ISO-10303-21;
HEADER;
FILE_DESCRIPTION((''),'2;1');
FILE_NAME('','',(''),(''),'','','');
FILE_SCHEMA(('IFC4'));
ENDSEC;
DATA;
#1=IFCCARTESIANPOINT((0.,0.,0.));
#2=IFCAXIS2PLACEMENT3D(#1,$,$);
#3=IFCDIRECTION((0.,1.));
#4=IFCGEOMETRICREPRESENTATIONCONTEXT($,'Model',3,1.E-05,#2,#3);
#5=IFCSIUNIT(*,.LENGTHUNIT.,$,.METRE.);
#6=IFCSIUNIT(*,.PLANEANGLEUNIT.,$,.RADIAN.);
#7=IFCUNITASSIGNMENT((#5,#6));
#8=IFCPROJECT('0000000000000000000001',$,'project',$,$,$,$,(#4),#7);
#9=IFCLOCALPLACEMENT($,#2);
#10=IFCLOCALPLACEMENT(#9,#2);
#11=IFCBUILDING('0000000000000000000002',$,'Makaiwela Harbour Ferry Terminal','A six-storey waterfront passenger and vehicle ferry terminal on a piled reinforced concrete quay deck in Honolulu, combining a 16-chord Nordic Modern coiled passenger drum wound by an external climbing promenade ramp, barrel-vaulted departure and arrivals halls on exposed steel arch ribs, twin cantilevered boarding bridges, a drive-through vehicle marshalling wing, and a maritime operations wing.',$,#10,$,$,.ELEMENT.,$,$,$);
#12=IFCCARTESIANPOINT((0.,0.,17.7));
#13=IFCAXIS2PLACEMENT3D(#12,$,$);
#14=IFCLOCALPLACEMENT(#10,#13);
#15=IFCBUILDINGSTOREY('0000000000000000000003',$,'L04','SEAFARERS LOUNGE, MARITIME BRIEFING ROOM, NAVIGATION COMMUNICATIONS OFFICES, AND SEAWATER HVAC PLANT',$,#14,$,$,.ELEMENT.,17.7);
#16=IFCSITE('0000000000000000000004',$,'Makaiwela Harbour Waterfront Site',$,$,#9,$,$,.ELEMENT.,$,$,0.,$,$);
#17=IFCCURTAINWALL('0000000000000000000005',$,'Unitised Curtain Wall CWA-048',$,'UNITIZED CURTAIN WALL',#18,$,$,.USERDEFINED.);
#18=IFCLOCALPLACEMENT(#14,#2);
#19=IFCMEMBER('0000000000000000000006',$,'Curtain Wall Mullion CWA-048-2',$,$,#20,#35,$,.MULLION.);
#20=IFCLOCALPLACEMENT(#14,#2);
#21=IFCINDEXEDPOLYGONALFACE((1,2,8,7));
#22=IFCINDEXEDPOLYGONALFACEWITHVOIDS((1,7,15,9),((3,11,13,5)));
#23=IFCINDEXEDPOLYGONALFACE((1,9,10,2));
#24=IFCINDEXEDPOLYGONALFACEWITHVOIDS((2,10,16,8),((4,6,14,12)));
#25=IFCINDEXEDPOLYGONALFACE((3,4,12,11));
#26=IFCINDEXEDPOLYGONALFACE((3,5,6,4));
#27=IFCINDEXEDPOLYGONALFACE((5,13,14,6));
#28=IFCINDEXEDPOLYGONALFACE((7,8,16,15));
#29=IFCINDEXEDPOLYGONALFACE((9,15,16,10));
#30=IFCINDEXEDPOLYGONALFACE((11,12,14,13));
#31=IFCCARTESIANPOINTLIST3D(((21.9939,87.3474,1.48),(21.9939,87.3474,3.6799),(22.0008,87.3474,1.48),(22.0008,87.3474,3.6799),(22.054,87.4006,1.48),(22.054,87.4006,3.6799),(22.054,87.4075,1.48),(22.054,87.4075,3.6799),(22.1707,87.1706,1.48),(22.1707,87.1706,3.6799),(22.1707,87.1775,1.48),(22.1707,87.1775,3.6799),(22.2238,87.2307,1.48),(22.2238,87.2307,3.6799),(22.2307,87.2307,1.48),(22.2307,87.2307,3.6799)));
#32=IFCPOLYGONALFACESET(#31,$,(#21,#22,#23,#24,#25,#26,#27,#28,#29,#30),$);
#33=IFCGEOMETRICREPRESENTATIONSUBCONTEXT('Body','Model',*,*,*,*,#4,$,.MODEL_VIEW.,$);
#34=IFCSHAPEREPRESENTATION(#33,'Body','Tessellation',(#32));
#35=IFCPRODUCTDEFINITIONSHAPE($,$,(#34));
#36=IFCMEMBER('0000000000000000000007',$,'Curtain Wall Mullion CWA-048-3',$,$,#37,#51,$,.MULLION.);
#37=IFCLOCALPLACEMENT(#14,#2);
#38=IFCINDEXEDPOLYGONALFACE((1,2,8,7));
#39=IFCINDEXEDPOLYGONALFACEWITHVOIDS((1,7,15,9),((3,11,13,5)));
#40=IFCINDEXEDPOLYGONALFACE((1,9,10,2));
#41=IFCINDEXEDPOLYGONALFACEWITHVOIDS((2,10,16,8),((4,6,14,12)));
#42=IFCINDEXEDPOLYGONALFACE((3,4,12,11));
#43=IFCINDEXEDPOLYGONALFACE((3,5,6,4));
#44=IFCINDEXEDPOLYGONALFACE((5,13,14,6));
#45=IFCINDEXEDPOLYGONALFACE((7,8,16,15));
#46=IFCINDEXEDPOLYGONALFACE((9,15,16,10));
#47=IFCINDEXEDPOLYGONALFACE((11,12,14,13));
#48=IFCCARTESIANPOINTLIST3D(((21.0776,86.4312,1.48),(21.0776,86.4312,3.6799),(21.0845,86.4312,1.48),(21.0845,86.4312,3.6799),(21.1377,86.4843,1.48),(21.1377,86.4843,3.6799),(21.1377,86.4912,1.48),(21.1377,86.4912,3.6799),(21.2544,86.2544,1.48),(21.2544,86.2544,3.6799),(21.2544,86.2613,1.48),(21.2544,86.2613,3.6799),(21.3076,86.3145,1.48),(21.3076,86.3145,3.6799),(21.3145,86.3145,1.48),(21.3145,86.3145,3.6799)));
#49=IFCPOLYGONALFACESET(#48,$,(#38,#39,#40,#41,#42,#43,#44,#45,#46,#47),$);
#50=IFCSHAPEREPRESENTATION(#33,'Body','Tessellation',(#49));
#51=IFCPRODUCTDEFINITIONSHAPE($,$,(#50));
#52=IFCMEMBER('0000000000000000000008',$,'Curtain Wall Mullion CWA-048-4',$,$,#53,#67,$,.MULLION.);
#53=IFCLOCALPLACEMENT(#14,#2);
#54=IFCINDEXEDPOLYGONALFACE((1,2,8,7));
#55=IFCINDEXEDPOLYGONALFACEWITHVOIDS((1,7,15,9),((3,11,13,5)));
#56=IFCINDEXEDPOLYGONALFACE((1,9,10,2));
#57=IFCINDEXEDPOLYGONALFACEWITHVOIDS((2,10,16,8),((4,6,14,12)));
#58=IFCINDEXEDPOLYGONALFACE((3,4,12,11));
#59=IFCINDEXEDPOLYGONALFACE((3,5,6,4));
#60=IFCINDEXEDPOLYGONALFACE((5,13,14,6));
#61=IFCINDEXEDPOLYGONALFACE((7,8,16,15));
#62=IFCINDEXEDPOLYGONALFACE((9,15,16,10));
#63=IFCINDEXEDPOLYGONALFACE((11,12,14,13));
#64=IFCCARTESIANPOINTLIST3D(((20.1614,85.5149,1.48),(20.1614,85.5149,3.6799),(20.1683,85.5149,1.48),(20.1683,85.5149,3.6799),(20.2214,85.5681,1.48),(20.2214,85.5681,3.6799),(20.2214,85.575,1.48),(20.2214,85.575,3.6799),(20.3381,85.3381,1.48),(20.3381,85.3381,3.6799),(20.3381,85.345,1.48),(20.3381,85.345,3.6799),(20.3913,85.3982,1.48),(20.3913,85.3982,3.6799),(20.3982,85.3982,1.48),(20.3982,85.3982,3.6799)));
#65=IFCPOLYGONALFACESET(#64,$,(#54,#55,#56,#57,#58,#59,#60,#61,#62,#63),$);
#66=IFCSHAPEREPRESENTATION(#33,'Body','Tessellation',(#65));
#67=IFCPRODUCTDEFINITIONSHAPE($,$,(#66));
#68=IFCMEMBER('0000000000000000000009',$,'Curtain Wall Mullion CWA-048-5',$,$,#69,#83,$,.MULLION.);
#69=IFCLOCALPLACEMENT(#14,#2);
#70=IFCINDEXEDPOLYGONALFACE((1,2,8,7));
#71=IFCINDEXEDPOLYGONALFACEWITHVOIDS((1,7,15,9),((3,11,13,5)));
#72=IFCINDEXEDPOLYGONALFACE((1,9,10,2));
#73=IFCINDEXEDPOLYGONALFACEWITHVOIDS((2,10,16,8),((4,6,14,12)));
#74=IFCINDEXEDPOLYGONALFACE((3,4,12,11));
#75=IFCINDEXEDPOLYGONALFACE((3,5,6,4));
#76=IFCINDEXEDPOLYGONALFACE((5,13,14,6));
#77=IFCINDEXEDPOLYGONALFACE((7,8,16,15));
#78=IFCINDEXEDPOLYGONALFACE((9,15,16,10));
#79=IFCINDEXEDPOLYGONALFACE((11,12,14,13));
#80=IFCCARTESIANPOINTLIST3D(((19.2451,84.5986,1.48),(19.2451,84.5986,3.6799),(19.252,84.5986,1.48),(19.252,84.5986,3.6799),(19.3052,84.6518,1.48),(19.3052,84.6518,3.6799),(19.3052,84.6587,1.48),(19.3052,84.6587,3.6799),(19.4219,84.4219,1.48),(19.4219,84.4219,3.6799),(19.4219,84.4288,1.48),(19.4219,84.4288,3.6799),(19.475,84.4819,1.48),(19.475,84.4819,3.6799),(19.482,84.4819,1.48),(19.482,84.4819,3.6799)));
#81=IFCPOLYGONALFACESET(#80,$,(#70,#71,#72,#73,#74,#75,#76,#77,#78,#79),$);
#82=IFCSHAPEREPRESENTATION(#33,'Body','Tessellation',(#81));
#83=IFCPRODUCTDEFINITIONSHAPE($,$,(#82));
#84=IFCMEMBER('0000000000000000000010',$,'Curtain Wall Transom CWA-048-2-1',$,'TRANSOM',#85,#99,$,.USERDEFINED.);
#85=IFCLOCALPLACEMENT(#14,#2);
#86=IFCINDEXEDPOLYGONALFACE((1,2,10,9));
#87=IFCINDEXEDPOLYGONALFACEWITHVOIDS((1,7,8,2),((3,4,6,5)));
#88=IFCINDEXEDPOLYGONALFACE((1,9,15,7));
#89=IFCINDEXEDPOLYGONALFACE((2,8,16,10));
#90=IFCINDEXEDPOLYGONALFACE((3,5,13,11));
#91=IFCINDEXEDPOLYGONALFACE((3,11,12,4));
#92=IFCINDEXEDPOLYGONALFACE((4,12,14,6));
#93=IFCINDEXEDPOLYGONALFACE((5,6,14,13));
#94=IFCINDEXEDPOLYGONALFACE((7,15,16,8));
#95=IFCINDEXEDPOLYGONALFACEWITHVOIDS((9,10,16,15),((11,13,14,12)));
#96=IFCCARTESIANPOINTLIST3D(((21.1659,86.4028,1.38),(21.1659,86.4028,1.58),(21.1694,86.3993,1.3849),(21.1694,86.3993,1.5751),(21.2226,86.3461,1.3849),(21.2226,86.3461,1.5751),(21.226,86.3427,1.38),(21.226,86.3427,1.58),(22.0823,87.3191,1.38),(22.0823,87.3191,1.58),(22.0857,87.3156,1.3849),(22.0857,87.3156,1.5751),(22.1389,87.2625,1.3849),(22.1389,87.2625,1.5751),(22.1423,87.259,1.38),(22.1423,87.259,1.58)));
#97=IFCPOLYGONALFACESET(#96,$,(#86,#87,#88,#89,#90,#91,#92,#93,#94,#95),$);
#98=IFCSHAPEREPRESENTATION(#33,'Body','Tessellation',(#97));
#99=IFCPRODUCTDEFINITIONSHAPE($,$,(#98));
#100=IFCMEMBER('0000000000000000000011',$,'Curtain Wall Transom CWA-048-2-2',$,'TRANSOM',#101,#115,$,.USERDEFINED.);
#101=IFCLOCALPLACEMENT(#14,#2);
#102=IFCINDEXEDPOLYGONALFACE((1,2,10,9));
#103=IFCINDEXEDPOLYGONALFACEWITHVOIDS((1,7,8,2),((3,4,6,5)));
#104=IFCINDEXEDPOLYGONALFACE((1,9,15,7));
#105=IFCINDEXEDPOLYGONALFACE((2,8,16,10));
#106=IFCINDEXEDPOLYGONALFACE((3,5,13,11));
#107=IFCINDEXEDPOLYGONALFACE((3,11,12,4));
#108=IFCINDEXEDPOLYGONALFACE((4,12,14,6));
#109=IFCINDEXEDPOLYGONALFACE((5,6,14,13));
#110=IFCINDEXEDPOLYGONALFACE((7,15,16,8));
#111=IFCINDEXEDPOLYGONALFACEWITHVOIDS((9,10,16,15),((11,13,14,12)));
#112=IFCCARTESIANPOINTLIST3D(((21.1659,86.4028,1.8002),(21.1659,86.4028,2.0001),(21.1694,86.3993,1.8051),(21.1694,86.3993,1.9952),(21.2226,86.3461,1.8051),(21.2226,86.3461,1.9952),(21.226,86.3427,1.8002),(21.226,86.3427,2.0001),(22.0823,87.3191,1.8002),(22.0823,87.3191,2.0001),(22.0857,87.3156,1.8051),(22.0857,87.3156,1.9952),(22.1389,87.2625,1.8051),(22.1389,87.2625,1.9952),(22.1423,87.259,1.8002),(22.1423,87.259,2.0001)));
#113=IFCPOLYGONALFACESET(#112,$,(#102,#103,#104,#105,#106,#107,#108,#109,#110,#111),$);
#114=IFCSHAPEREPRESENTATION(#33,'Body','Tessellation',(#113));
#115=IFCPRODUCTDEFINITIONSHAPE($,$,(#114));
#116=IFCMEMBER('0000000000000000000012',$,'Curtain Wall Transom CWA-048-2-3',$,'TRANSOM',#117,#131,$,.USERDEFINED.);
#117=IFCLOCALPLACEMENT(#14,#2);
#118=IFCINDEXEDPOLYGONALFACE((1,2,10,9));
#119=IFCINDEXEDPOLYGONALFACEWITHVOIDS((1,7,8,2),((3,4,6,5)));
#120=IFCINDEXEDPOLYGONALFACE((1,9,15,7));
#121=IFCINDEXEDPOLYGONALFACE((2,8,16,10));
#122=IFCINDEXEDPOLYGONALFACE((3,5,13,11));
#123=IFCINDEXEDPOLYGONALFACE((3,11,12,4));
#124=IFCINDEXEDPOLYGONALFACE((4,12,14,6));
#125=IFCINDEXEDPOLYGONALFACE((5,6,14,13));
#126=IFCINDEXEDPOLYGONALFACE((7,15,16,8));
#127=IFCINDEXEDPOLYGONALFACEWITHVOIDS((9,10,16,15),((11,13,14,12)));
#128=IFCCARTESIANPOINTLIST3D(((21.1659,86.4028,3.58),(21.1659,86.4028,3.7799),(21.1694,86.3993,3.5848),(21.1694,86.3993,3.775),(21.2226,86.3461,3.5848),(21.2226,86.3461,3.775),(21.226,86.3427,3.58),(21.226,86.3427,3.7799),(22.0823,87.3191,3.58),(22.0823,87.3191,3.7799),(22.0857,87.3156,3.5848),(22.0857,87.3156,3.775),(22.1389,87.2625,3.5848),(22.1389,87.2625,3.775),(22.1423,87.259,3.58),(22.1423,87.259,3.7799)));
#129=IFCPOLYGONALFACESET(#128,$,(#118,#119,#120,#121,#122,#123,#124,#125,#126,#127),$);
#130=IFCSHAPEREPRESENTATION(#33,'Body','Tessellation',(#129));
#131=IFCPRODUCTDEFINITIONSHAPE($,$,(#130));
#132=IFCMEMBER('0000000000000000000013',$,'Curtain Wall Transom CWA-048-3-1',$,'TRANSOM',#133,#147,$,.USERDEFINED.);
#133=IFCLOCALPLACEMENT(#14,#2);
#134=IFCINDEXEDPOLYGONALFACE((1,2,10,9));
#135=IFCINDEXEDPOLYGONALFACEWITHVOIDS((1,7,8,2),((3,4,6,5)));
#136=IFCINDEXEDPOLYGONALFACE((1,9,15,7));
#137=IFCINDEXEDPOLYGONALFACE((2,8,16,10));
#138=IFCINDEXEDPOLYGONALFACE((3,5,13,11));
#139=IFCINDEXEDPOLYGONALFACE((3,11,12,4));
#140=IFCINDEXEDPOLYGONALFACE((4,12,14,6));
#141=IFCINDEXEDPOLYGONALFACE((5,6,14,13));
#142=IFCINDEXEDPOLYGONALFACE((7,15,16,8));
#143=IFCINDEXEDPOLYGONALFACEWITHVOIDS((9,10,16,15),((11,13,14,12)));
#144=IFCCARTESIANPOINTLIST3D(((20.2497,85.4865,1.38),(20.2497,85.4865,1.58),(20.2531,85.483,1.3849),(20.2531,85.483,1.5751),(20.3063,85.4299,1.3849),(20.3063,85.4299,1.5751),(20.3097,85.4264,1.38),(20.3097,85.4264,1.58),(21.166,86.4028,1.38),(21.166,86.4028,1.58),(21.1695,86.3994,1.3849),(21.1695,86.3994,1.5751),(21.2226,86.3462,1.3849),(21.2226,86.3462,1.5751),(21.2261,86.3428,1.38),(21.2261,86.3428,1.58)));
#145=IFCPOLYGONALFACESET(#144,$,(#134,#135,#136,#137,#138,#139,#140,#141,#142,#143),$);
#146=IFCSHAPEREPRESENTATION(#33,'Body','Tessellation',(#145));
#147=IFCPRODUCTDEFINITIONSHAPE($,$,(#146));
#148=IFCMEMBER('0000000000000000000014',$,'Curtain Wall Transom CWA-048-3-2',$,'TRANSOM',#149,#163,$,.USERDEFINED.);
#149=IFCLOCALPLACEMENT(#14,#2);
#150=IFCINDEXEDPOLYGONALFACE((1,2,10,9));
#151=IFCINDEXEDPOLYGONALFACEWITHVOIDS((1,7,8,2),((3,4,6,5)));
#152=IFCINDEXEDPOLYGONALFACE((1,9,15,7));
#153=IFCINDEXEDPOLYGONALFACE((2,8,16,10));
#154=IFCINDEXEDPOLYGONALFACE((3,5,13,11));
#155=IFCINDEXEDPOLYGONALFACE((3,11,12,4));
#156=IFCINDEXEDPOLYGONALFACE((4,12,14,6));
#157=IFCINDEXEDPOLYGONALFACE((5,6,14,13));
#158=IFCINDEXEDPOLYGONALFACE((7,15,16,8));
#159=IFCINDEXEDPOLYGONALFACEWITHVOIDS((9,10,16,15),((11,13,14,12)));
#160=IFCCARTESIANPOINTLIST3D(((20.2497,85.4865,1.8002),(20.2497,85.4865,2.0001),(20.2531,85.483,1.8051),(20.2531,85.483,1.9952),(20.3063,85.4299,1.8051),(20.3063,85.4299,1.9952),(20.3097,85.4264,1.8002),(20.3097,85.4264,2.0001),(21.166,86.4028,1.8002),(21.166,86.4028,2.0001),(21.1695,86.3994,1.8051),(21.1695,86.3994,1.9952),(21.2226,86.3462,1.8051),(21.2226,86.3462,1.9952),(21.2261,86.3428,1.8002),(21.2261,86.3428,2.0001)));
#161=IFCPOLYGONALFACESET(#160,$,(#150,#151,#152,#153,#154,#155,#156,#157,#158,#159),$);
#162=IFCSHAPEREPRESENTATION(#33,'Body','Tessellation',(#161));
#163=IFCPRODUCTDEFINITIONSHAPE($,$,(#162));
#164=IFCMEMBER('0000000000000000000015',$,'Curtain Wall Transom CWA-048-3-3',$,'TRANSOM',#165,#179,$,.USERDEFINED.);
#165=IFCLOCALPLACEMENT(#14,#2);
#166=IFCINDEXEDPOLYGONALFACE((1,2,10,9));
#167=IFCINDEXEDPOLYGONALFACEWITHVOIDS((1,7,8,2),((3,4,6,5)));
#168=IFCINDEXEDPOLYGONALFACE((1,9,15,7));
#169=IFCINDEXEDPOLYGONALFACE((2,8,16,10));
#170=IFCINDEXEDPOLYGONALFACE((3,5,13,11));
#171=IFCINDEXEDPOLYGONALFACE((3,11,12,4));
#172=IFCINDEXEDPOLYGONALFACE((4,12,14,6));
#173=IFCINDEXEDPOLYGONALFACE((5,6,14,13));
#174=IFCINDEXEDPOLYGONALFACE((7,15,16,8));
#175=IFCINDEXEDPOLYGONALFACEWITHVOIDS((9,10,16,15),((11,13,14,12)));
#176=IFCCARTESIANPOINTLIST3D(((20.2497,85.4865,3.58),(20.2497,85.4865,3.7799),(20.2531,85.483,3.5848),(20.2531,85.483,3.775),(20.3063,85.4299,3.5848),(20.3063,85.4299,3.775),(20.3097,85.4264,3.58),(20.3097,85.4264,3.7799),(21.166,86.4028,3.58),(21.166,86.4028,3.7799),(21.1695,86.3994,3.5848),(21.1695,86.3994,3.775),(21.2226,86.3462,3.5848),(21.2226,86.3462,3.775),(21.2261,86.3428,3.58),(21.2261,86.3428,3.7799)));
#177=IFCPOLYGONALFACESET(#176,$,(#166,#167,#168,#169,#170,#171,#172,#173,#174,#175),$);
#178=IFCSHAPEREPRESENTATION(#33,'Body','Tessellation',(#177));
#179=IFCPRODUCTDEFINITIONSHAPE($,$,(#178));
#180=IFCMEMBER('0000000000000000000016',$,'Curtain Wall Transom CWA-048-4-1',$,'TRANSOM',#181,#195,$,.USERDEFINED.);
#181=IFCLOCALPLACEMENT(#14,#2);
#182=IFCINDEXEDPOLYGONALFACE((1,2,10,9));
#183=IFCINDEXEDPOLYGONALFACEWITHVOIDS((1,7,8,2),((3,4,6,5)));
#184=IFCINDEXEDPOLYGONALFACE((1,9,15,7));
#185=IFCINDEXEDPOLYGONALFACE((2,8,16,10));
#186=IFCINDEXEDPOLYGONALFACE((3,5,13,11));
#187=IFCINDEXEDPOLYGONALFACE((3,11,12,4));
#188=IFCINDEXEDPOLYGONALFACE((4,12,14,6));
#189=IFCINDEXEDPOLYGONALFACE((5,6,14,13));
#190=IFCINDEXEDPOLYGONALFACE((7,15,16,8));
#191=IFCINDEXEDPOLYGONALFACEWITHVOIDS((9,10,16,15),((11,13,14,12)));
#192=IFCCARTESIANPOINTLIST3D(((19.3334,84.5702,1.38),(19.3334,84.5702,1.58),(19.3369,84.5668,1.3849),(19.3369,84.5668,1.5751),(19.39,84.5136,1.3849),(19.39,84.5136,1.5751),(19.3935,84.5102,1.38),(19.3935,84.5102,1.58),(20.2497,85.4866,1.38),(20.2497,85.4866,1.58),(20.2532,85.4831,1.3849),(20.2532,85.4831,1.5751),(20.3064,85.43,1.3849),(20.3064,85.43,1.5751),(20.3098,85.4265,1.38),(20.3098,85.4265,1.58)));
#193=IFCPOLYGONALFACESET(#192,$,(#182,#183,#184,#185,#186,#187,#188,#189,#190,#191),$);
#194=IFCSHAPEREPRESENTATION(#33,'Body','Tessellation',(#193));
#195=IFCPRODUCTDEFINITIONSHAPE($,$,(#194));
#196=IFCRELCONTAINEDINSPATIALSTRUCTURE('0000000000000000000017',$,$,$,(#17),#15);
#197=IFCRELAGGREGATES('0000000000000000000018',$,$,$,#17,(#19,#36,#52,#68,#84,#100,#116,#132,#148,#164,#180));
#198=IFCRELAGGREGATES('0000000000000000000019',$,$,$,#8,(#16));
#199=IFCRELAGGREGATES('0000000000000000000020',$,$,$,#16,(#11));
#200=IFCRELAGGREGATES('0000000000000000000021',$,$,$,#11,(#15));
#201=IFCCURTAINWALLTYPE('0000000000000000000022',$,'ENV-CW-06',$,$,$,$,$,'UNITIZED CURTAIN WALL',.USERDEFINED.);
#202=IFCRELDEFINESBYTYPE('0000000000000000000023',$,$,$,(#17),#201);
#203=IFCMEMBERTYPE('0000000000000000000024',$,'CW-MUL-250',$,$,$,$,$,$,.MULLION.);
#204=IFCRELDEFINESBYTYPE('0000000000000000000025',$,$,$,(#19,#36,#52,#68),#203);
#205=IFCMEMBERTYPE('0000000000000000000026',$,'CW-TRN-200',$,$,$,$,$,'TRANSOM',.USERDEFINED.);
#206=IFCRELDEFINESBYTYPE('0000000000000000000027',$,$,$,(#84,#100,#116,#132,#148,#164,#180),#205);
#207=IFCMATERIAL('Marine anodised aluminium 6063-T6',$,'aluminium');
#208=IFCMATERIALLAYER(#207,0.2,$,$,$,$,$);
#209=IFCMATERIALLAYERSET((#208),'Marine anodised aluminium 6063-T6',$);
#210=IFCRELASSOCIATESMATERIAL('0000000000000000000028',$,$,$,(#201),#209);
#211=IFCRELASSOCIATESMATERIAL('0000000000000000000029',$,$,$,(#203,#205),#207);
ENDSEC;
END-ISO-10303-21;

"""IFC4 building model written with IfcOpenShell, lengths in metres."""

from ifc_helpers import new_model, si_unit, direction, frame, origin, origin_2d, place, context, subcontext, project, spatial, hollow_rectangle, extrude, material, layer, layer_set, material_profile, profile_set, type_object, element, aggregate, save


model = new_model("IFC4")

# Units and contexts
model_context = context("Model", 3, precision=1e-05, world=origin(), true_north=direction((0.0, 1.0)))
body_context = subcontext(model_context, "Body", "Model", "MODEL_VIEW")
ifc_project = project(units=[si_unit("LENGTHUNIT", "METRE"), si_unit("PLANEANGLEUNIT", "RADIAN")], contexts=[model_context])

# Site, building, storey
site_placement = place(None, origin())
site = spatial("IfcSite", under=ifc_project, at=site_placement, Name="Makaiwela Harbour Waterfront Site", CompositionType="ELEMENT", RefElevation=0.0)
building_placement = place(site_placement, origin())
building = spatial("IfcBuilding", under=site, at=building_placement, Name="Makaiwela Harbour Ferry Terminal", Description="A six-storey waterfront passenger and vehicle ferry terminal on a piled reinforced concrete quay deck in Honolulu, combining a 16-chord Nordic Modern coiled passenger drum wound by an external climbing promenade ramp, barrel-vaulted departure and arrivals halls on exposed steel arch ribs, twin cantilevered boarding bridges, a drive-through vehicle marshalling wing, and a maritime operations wing.", CompositionType="ELEMENT")
storey_placement = place(building_placement, frame((0.0, 0.0, 17.7)))
storey = spatial("IfcBuildingStorey", under=building, at=storey_placement, Name="L04", Description="SEAFARERS LOUNGE, MARITIME BRIEFING ROOM, NAVIGATION COMMUNICATIONS OFFICES, AND SEAWATER HVAC PLANT", CompositionType="ELEMENT", Elevation=17.7)

# Curtain wall, members
ifc_material_1 = material(Name="Marine anodised aluminium 6063-T6", Category="aluminium")
ifc_layer_1 = layer(ifc_material_1, 0.2)
ifc_layer_set_1 = layer_set([ifc_layer_1], Name="Marine anodised aluminium 6063-T6")
curtain_wall_type = type_object("IfcCurtainWallType", Name="ENV-CW-06", ElementType="UNITIZED CURTAIN WALL", PredefinedType="USERDEFINED", material=ifc_layer_set_1)
curtain_wall_placement = place(storey_placement, origin())
curtain_wall = element("IfcCurtainWall", 1, at=curtain_wall_placement, inside=storey, type_object=curtain_wall_type, Name="Unitised Curtain Wall CWA-048", ObjectType="UNITIZED CURTAIN WALL", PredefinedType="USERDEFINED")
ifc_material_profile_1 = material_profile(ifc_material_1, hollow_rectangle(XDim=0.085, YDim=0.25, WallThickness=0.0049, at=origin_2d()), Name="CWM-250X85")
ifc_profile_set_1 = profile_set([ifc_material_profile_1], Name="Marine anodised aluminium 6063-T6")
member_type_1 = type_object("IfcMemberType", Name="CW-MUL-250", PredefinedType="MULLION", material=ifc_profile_set_1)
member_1_placement = place(storey_placement, frame((22.1123, 87.2891, 1.48), z_axis=(0.0, 0.0, 1.0), x_axis=(0.707107, 0.707107, 0.0)))
member_1 = element("IfcMember", 2, at=member_1_placement, type_object=member_type_1, Name="Curtain Wall Mullion CWA-048-2", PredefinedType="MULLION", context=body_context, shape_type="SweptSolid", body=[
    extrude(hollow_rectangle(XDim=0.085, YDim=0.25, WallThickness=0.0049, at=origin_2d()), origin(), (0.0, 0.0, 1.0), 2.2),
])
member_2_placement = place(storey_placement, frame((21.196, 86.3728, 1.48), z_axis=(0.0, 0.0, 1.0), x_axis=(0.707107, 0.707107, 0.0)))
member_2 = element("IfcMember", 3, at=member_2_placement, type_object=member_type_1, Name="Curtain Wall Mullion CWA-048-3", PredefinedType="MULLION", context=body_context, shape_type="SweptSolid", body=[
    extrude(hollow_rectangle(XDim=0.085, YDim=0.25, WallThickness=0.0049, at=origin_2d()), origin(), (0.0, 0.0, 1.0), 2.2),
])
member_3_placement = place(storey_placement, frame((20.2798, 85.4565, 1.48), z_axis=(0.0, 0.0, 1.0), x_axis=(0.707107, 0.707107, 0.0)))
member_3 = element("IfcMember", 4, at=member_3_placement, type_object=member_type_1, Name="Curtain Wall Mullion CWA-048-4", PredefinedType="MULLION", context=body_context, shape_type="SweptSolid", body=[
    extrude(hollow_rectangle(XDim=0.085, YDim=0.25, WallThickness=0.0049, at=origin_2d()), origin(), (0.0, 0.0, 1.0), 2.2),
])
member_4_placement = place(storey_placement, frame((19.3635, 84.5403, 1.48), z_axis=(0.0, 0.0, 1.0), x_axis=(0.707107, 0.707107, 0.0)))
member_4 = element("IfcMember", 5, at=member_4_placement, type_object=member_type_1, Name="Curtain Wall Mullion CWA-048-5", PredefinedType="MULLION", context=body_context, shape_type="SweptSolid", body=[
    extrude(hollow_rectangle(XDim=0.085, YDim=0.25, WallThickness=0.0049, at=origin_2d()), origin(), (0.0, 0.0, 1.0), 2.2),
])
ifc_material_profile_2 = material_profile(ifc_material_1, hollow_rectangle(XDim=0.085, YDim=0.2, WallThickness=0.0049, at=origin_2d()), Name="CWT-200X85")
ifc_profile_set_2 = profile_set([ifc_material_profile_2], Name="Marine anodised aluminium 6063-T6")
member_type_2 = type_object("IfcMemberType", Name="CW-TRN-200", ElementType="TRANSOM", PredefinedType="USERDEFINED", material=ifc_profile_set_2)
member_5_placement = place(storey_placement, frame((22.1123, 87.2891, 1.48), z_axis=(-0.707107, -0.707107, 0.0), x_axis=(0.707107, -0.707107, 0.0)))
member_5 = element("IfcMember", 6, at=member_5_placement, type_object=member_type_2, Name="Curtain Wall Transom CWA-048-2-1", ObjectType="TRANSOM", PredefinedType="USERDEFINED", context=body_context, shape_type="SweptSolid", body=[
    extrude(hollow_rectangle(XDim=0.085, YDim=0.2, WallThickness=0.0049, at=origin_2d()), origin(), (0.0, 0.0, 1.0), 1.2959),
])
member_6_placement = place(storey_placement, frame((22.1123, 87.2891, 1.9001), z_axis=(-0.707107, -0.707107, 0.0), x_axis=(0.707107, -0.707107, 0.0)))
member_6 = element("IfcMember", 7, at=member_6_placement, type_object=member_type_2, Name="Curtain Wall Transom CWA-048-2-2", ObjectType="TRANSOM", PredefinedType="USERDEFINED", context=body_context, shape_type="SweptSolid", body=[
    extrude(hollow_rectangle(XDim=0.085, YDim=0.2, WallThickness=0.0049, at=origin_2d()), origin(), (0.0, 0.0, 1.0), 1.2959),
])
member_7_placement = place(storey_placement, frame((22.1123, 87.2891, 3.6799), z_axis=(-0.707107, -0.707107, 0.0), x_axis=(0.707107, -0.707107, 0.0)))
member_7 = element("IfcMember", 8, at=member_7_placement, type_object=member_type_2, Name="Curtain Wall Transom CWA-048-2-3", ObjectType="TRANSOM", PredefinedType="USERDEFINED", context=body_context, shape_type="SweptSolid", body=[
    extrude(hollow_rectangle(XDim=0.085, YDim=0.2, WallThickness=0.0049, at=origin_2d()), origin(), (0.0, 0.0, 1.0), 1.2959),
])
member_8_placement = place(storey_placement, frame((21.196, 86.3728, 1.48), z_axis=(-0.707107, -0.707107, 0.0), x_axis=(0.707107, -0.707107, 0.0)))
member_8 = element("IfcMember", 9, at=member_8_placement, type_object=member_type_2, Name="Curtain Wall Transom CWA-048-3-1", ObjectType="TRANSOM", PredefinedType="USERDEFINED", context=body_context, shape_type="SweptSolid", body=[
    extrude(hollow_rectangle(XDim=0.085, YDim=0.2, WallThickness=0.0049, at=origin_2d()), origin(), (0.0, 0.0, 1.0), 1.2959),
])
member_9_placement = place(storey_placement, frame((21.196, 86.3728, 1.9001), z_axis=(-0.707107, -0.707107, 0.0), x_axis=(0.707107, -0.707107, 0.0)))
member_9 = element("IfcMember", 10, at=member_9_placement, type_object=member_type_2, Name="Curtain Wall Transom CWA-048-3-2", ObjectType="TRANSOM", PredefinedType="USERDEFINED", context=body_context, shape_type="SweptSolid", body=[
    extrude(hollow_rectangle(XDim=0.085, YDim=0.2, WallThickness=0.0049, at=origin_2d()), origin(), (0.0, 0.0, 1.0), 1.2959),
])
member_10_placement = place(storey_placement, frame((21.196, 86.3728, 3.6799), z_axis=(-0.707107, -0.707107, 0.0), x_axis=(0.707107, -0.707107, 0.0)))
member_10 = element("IfcMember", 11, at=member_10_placement, type_object=member_type_2, Name="Curtain Wall Transom CWA-048-3-3", ObjectType="TRANSOM", PredefinedType="USERDEFINED", context=body_context, shape_type="SweptSolid", body=[
    extrude(hollow_rectangle(XDim=0.085, YDim=0.2, WallThickness=0.0049, at=origin_2d()), origin(), (0.0, 0.0, 1.0), 1.2959),
])
member_11_placement = place(storey_placement, frame((20.2798, 85.4565, 1.48), z_axis=(-0.707107, -0.707107, 0.0), x_axis=(0.707107, -0.707107, 0.0)))
member_11 = element("IfcMember", 12, at=member_11_placement, type_object=member_type_2, Name="Curtain Wall Transom CWA-048-4-1", ObjectType="TRANSOM", PredefinedType="USERDEFINED", context=body_context, shape_type="SweptSolid", body=[
    extrude(hollow_rectangle(XDim=0.085, YDim=0.2, WallThickness=0.0049, at=origin_2d()), origin(), (0.0, 0.0, 1.0), 1.2959),
])

aggregate(curtain_wall, [member_1, member_2, member_3, member_4, member_5, member_6, member_7, member_8, member_9, member_10, member_11])

save(model, "model.ifc")
